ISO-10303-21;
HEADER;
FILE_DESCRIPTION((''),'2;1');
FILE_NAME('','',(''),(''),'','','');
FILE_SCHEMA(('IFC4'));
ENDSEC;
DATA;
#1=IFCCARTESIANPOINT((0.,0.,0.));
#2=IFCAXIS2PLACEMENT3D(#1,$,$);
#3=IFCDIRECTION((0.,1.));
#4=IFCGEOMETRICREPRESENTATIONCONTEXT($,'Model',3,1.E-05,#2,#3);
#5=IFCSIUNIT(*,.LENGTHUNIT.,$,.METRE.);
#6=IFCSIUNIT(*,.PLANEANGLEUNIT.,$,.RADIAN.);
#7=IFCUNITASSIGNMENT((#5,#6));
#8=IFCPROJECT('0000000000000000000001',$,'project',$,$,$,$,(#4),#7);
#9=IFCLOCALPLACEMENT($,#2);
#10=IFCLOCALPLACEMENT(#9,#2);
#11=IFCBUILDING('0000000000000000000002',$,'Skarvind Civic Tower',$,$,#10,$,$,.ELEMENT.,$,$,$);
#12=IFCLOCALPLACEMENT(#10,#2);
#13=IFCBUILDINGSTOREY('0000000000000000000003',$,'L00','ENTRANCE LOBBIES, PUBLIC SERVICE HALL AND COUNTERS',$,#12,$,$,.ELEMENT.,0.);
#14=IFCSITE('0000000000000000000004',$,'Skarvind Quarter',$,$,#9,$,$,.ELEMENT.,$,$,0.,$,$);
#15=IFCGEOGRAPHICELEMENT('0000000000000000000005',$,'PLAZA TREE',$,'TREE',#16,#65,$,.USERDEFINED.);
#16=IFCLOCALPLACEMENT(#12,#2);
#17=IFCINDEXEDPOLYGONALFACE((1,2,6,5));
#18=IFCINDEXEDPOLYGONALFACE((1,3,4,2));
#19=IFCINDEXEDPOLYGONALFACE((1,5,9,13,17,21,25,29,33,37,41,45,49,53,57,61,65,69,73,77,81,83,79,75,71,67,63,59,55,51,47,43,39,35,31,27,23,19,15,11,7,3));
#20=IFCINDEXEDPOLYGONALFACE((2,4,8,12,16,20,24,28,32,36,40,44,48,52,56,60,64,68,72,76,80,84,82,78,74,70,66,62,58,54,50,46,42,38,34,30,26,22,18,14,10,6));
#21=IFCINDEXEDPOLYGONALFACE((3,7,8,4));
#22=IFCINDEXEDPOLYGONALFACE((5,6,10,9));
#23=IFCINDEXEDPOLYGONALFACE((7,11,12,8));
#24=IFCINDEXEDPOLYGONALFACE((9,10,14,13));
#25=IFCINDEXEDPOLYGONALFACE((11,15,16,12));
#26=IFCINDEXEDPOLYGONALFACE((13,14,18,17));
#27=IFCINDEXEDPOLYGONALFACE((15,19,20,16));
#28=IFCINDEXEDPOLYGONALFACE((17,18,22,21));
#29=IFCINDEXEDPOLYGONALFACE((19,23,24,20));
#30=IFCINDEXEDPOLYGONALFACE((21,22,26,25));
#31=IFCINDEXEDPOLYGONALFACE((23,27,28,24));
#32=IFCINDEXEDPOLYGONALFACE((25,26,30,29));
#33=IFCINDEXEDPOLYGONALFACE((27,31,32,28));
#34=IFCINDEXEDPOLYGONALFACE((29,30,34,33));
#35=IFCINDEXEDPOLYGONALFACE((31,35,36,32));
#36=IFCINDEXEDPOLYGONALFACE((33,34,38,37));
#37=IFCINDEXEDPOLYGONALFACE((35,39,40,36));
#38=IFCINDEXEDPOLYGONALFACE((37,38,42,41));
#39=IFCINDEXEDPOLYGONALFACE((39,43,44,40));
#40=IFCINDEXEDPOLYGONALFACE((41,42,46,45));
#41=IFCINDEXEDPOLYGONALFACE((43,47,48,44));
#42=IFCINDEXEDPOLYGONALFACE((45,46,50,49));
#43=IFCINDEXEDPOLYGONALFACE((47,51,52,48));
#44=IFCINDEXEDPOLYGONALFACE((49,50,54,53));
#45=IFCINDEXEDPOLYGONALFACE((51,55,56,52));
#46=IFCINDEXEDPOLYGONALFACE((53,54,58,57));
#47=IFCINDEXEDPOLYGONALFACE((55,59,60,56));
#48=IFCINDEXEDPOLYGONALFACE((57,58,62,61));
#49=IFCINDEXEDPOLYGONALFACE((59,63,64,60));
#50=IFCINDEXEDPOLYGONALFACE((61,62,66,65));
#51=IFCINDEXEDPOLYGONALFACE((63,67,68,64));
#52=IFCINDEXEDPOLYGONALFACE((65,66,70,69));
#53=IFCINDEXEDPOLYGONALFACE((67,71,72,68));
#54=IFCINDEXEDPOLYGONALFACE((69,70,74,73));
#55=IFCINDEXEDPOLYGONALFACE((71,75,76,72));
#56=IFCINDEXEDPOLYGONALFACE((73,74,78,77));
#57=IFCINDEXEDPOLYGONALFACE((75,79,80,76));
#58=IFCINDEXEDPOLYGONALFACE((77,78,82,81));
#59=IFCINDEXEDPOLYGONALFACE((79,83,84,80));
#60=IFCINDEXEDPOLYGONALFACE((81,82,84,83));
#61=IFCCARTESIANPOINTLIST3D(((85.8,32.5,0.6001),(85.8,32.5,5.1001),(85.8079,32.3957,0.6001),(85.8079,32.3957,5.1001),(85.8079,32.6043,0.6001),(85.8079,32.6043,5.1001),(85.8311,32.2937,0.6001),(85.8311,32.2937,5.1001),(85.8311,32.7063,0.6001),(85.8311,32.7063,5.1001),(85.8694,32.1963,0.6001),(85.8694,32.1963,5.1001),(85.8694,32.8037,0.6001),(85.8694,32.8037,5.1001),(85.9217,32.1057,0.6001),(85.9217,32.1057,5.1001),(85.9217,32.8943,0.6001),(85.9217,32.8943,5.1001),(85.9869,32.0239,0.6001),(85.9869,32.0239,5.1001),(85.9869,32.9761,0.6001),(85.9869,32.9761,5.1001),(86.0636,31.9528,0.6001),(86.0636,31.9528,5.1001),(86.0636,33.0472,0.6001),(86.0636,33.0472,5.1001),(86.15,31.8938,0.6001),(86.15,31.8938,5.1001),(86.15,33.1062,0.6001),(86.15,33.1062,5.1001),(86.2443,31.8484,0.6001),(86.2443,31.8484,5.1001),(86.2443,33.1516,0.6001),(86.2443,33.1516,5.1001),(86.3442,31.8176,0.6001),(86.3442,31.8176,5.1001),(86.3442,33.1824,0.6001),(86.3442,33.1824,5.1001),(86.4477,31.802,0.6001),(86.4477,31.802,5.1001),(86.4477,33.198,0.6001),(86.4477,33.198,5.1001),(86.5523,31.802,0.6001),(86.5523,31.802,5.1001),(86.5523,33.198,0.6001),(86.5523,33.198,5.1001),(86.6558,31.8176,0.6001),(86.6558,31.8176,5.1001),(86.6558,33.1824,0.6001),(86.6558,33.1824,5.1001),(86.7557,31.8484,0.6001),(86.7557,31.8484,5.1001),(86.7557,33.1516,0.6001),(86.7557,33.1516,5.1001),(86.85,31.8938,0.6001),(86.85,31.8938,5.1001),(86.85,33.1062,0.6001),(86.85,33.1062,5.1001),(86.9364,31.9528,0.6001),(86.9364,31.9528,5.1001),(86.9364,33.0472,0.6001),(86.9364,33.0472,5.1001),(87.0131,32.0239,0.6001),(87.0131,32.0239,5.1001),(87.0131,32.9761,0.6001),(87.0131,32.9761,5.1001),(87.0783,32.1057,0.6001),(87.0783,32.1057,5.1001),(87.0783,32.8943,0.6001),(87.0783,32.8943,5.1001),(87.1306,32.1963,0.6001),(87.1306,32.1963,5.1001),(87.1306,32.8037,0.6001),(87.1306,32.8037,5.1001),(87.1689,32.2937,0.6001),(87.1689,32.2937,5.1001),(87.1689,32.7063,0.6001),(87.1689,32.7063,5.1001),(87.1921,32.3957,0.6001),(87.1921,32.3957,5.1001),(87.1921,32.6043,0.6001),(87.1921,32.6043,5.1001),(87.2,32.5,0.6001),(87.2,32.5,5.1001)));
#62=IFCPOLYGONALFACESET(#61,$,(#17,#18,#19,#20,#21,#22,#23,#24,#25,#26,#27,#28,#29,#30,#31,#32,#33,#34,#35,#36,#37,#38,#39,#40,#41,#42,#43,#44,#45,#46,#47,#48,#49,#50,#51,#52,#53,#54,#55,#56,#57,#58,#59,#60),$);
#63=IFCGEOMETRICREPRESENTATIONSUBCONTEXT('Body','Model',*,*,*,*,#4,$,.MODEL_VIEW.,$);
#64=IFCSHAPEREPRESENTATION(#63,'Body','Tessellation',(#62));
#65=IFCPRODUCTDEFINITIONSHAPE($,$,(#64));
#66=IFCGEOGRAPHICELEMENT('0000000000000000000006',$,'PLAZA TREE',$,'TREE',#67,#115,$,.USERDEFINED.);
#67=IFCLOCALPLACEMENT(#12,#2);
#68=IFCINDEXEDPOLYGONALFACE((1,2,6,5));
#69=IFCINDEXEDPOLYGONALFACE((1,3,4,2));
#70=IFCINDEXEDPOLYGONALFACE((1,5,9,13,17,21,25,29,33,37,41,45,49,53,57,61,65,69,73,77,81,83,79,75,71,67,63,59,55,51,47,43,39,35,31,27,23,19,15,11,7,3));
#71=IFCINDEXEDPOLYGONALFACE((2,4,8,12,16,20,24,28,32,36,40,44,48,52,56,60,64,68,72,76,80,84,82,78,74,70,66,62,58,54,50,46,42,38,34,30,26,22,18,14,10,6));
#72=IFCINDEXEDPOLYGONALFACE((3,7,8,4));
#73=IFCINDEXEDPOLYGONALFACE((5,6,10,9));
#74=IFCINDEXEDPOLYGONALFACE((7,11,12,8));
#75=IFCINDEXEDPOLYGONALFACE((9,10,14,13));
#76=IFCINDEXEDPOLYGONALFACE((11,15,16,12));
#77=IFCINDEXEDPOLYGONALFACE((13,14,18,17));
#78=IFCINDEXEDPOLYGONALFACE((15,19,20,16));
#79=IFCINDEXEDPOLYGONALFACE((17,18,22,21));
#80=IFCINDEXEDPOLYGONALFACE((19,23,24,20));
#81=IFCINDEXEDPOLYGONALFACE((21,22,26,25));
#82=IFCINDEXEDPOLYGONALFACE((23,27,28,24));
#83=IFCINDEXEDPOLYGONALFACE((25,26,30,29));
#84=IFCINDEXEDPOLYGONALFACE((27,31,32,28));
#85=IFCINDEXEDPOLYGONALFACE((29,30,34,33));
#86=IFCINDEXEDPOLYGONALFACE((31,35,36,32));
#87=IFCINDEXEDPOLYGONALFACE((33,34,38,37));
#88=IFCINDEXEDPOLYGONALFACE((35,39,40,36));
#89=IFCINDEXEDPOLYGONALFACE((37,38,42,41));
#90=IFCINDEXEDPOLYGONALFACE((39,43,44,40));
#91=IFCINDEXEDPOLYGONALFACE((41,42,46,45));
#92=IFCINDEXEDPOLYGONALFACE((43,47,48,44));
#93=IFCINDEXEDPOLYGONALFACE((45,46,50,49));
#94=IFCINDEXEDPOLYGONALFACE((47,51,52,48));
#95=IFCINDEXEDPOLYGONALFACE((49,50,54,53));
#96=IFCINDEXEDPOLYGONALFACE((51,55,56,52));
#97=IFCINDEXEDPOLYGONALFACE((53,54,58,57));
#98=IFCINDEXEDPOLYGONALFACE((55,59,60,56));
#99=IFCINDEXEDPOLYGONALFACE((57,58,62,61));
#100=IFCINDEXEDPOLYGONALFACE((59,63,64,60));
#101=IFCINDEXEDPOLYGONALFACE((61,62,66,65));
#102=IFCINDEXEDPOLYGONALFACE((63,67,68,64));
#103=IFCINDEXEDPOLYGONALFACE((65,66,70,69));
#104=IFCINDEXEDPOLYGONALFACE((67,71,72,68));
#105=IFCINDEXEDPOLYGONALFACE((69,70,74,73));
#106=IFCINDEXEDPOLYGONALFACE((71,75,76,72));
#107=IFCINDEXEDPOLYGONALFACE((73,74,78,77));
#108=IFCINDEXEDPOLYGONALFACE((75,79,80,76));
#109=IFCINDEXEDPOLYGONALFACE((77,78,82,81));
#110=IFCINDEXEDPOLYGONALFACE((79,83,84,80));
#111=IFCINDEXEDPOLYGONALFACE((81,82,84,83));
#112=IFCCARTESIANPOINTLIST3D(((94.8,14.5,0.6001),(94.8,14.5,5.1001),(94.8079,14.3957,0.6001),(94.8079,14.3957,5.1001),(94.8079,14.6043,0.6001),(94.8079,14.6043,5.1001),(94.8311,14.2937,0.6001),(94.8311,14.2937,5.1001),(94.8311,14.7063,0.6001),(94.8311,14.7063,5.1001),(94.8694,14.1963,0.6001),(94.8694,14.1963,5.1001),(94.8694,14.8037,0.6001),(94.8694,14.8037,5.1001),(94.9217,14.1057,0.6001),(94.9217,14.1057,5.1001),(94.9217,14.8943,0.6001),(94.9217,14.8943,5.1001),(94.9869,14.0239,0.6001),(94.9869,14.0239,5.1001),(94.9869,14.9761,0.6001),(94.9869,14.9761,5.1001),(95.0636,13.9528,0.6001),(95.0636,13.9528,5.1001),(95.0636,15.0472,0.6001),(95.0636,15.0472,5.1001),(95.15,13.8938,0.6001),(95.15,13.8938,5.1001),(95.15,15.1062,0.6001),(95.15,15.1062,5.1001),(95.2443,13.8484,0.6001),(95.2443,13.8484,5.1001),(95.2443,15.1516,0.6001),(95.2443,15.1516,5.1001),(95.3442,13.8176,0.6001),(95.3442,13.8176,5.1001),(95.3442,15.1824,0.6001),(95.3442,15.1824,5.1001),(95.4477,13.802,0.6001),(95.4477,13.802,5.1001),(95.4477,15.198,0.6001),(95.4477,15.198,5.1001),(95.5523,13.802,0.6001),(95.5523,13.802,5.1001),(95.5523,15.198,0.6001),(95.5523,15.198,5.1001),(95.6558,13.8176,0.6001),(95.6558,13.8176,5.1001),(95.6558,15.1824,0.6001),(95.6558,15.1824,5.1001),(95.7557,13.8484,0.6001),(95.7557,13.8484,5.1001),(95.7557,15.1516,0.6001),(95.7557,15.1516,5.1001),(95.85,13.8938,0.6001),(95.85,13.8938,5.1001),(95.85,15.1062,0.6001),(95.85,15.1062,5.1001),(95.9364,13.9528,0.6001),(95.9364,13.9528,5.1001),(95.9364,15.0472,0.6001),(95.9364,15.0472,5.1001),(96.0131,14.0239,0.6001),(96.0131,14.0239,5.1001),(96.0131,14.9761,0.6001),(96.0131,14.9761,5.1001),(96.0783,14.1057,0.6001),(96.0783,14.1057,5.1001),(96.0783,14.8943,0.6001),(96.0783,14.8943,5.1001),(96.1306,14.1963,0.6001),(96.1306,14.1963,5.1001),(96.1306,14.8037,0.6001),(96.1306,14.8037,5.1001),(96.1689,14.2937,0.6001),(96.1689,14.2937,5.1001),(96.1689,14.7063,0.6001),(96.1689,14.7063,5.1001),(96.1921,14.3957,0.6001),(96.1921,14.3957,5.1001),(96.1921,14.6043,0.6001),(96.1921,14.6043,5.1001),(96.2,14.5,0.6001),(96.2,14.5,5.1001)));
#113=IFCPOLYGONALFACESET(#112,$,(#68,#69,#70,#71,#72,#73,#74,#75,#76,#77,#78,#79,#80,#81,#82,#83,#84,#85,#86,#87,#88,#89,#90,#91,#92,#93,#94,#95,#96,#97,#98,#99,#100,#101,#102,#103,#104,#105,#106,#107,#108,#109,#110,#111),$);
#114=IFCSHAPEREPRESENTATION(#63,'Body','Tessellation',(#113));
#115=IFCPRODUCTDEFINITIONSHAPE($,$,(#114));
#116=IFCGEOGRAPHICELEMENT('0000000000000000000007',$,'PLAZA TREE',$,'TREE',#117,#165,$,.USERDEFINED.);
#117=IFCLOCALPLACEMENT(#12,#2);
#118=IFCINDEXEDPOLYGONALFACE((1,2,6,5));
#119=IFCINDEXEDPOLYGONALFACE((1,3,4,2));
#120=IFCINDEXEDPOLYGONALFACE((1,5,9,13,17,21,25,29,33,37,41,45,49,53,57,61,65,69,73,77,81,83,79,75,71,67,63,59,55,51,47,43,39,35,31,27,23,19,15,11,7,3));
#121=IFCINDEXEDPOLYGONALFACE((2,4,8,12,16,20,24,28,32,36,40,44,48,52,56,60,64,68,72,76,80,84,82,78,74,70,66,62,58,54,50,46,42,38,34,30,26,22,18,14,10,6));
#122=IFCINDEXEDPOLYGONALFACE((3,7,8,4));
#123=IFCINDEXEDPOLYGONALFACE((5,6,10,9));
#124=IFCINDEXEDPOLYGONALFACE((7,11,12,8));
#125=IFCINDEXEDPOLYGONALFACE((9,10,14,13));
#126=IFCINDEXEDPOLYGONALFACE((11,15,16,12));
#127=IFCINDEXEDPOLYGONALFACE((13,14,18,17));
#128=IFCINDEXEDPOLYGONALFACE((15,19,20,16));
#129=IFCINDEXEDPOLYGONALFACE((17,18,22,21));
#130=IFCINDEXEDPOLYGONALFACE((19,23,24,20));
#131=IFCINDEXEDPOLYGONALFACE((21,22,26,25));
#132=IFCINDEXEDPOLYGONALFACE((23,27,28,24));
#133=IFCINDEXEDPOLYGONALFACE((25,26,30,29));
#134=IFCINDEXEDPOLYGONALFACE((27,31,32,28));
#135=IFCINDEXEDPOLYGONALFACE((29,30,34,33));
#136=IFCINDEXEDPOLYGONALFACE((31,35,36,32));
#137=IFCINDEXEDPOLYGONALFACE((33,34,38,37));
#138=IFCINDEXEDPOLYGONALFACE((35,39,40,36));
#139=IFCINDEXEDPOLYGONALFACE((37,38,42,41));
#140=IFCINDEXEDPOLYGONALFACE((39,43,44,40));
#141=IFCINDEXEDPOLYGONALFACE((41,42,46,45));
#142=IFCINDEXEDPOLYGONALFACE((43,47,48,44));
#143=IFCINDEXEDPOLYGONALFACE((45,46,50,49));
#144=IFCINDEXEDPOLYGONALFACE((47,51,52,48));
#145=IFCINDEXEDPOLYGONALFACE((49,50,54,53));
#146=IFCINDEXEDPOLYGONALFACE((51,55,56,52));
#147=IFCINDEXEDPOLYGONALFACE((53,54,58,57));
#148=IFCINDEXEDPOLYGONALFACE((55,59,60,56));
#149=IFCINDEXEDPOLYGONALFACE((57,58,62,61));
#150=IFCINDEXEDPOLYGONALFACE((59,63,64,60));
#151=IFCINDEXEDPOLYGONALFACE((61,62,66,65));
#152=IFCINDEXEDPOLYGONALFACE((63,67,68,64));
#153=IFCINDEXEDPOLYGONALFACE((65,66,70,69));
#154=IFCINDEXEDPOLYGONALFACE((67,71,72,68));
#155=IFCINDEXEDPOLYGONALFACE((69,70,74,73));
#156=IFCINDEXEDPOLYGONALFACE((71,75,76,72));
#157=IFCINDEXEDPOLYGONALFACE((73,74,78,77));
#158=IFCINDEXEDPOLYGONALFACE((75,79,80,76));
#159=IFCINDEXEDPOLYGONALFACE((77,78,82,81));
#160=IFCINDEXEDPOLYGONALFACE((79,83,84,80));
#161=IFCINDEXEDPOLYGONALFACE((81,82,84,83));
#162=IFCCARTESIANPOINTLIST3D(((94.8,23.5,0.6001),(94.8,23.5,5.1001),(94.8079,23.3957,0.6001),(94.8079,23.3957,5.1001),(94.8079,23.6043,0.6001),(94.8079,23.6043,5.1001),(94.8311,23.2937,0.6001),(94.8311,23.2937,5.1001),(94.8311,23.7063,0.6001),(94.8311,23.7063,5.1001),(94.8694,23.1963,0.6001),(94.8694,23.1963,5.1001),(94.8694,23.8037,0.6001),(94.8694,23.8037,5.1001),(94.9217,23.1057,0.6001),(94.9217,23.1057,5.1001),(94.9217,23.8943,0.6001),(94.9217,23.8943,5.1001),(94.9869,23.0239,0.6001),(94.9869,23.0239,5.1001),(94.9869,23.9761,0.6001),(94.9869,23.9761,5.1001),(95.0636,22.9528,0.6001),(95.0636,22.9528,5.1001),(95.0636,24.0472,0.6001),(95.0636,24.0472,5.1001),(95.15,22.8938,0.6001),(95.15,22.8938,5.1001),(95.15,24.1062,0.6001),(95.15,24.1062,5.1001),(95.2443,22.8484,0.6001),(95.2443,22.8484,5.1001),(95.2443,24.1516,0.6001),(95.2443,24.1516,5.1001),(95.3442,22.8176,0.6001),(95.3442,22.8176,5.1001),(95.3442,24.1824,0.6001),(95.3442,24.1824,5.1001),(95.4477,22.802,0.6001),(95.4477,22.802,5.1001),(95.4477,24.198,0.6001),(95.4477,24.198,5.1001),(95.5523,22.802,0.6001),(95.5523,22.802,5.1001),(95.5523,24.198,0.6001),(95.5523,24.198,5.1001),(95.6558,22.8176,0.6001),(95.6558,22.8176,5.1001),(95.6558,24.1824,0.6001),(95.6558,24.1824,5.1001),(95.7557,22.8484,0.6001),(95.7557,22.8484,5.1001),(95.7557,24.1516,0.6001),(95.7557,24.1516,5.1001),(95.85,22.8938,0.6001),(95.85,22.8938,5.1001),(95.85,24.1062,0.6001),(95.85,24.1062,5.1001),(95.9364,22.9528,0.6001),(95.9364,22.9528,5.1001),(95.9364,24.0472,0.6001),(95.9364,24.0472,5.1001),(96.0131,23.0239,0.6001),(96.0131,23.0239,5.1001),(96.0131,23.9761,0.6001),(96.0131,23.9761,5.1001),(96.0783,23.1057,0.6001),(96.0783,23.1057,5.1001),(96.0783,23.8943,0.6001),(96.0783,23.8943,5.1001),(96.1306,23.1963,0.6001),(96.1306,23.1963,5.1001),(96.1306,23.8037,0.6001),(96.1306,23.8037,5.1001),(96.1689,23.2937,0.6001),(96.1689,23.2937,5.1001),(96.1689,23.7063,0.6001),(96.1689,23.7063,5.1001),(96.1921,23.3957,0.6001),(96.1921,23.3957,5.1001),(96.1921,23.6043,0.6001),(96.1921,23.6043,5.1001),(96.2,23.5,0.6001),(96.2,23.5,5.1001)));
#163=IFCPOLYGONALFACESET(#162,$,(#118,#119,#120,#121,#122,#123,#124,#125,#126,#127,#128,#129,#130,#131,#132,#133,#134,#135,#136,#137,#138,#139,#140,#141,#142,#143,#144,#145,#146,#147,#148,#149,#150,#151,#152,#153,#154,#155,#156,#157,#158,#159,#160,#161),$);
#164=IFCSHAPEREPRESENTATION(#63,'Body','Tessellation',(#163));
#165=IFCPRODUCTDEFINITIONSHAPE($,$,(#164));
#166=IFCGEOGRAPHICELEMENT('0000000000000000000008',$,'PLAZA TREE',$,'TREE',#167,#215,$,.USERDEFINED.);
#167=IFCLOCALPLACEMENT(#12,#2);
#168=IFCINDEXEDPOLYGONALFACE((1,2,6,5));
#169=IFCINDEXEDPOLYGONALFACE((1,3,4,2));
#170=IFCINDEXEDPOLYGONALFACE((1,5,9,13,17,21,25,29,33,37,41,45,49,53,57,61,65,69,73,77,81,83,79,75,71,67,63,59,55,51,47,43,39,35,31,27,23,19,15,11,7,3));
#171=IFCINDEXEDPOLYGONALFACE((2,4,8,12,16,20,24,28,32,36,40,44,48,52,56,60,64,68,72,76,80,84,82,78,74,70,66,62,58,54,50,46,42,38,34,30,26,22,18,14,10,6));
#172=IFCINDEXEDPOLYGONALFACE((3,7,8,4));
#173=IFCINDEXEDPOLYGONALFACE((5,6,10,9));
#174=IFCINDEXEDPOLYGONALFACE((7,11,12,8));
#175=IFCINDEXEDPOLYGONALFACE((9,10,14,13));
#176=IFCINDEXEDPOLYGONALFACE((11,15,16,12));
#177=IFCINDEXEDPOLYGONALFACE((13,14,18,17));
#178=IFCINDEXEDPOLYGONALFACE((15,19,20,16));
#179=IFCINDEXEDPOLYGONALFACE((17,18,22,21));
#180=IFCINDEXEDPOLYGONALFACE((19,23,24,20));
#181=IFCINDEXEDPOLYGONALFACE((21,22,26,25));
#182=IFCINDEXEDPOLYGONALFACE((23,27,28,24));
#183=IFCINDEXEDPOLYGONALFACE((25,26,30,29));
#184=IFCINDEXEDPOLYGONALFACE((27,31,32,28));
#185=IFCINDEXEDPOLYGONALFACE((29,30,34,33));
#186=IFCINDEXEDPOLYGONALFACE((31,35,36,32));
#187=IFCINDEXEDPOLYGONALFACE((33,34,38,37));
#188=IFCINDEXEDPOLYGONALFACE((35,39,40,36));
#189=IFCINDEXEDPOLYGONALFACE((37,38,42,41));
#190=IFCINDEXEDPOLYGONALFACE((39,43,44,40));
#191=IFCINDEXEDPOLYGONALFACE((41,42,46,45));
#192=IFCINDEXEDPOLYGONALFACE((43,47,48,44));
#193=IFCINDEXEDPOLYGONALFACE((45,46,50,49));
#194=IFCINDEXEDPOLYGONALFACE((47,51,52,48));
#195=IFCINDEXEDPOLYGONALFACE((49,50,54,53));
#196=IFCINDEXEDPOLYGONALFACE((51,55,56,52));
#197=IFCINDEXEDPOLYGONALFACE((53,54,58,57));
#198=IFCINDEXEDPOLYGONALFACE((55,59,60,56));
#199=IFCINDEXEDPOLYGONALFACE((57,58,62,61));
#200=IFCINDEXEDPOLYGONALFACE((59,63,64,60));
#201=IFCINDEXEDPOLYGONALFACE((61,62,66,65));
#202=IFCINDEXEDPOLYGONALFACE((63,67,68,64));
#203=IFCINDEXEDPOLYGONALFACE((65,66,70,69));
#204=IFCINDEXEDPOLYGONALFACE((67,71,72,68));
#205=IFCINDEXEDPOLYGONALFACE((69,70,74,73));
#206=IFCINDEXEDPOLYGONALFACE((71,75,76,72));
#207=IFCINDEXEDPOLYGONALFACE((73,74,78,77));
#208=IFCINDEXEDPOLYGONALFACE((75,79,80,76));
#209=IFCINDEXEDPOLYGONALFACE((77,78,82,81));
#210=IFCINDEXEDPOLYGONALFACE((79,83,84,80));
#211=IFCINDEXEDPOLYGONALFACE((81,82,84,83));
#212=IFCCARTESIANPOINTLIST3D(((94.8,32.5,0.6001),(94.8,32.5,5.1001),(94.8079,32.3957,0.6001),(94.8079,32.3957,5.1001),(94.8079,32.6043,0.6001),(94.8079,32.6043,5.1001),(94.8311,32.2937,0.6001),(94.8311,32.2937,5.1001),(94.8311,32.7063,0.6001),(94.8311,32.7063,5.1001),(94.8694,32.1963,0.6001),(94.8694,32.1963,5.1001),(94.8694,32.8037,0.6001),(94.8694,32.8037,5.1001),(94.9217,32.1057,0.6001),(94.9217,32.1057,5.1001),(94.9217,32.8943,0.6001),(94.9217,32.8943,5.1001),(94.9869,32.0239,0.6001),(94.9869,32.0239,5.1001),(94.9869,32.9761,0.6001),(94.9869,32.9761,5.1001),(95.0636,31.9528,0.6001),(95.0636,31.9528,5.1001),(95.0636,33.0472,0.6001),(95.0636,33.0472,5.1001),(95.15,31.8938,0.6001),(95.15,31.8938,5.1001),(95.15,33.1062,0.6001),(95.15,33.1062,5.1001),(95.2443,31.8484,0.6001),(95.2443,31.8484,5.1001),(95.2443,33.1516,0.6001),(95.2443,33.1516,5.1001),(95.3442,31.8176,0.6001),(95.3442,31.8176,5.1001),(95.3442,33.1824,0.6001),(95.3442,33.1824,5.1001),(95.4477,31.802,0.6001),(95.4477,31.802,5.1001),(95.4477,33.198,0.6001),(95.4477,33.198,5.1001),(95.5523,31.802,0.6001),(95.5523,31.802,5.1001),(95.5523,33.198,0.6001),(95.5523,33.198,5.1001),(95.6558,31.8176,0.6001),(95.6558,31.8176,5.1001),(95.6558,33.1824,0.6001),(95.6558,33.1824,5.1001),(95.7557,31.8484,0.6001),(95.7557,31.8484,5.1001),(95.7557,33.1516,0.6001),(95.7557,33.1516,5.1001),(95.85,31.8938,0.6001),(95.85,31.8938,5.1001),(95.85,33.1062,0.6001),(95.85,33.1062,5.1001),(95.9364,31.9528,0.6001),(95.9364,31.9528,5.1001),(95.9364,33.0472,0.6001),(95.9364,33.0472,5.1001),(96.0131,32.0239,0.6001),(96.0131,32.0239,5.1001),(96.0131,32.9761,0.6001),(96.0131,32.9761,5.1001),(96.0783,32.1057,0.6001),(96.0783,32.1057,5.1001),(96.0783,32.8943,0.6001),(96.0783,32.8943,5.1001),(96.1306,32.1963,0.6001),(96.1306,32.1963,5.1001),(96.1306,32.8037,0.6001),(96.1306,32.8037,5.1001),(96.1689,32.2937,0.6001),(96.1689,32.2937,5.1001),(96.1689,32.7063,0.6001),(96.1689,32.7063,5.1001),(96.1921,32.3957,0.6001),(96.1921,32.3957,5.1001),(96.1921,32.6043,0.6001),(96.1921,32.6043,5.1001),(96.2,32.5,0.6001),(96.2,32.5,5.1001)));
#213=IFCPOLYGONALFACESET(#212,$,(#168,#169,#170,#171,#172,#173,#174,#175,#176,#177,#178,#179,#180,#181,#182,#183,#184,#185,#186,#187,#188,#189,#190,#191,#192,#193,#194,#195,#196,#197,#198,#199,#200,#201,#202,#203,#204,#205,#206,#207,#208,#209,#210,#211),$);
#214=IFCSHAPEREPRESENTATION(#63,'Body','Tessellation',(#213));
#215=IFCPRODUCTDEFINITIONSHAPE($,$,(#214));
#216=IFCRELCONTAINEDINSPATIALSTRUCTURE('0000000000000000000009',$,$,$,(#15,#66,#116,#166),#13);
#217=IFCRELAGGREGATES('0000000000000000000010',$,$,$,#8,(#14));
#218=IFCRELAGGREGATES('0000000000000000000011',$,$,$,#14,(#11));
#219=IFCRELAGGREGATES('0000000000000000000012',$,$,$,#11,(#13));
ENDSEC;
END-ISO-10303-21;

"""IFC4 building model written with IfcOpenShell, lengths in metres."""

from ifc_helpers import new_model, si_unit, direction, frame, origin, origin_2d, place, context, subcontext, project, spatial, circle, extrude, element, save


model = new_model("IFC4")

# Units and contexts
model_context = context("Model", 3, precision=1e-05, world=origin(), true_north=direction((0.0, 1.0)))
body_context = subcontext(model_context, "Body", "Model", "MODEL_VIEW")
ifc_project = project(units=[si_unit("LENGTHUNIT", "METRE"), si_unit("PLANEANGLEUNIT", "RADIAN")], contexts=[model_context])

# Site, building, storey
site_placement = place(None, origin())
site = spatial("IfcSite", under=ifc_project, at=site_placement, Name="Skarvind Quarter", CompositionType="ELEMENT", RefElevation=0.0)
building_placement = place(site_placement, origin())
building = spatial("IfcBuilding", under=site, at=building_placement, Name="Skarvind Civic Tower", CompositionType="ELEMENT")
storey_placement = place(building_placement, origin())
storey = spatial("IfcBuildingStorey", under=building, at=storey_placement, Name="L00", Description="ENTRANCE LOBBIES, PUBLIC SERVICE HALL AND COUNTERS", CompositionType="ELEMENT", Elevation=0.0)

# Geographic elements
for number, where, z_axis, x_axis, name in (
    (1, (86.5, 32.5, 0.6001), (0.0, 0.0, 1.0), (1.0, 0.0, 0.0), "PLAZA TREE"),
    (2, (95.5, 14.5, 0.6001), (0.0, 0.0, 1.0), (1.0, 0.0, 0.0), "PLAZA TREE"),
    (3, (95.5, 23.5, 0.6001), (0.0, 0.0, 1.0), (1.0, 0.0, 0.0), "PLAZA TREE"),
    (4, (95.5, 32.5, 0.6001), (0.0, 0.0, 1.0), (1.0, 0.0, 0.0), "PLAZA TREE"),
):
    element("IfcGeographicElement", number, at=place(storey_placement, frame(where, z_axis=z_axis, x_axis=x_axis)), inside=storey, Name=name, ObjectType="TREE", PredefinedType="USERDEFINED", context=body_context, shape_type="SweptSolid", body=[
        extrude(circle(Radius=0.7, at=origin_2d()), origin(), (0.0, 0.0, 1.0), 4.5),
    ])

save(model, "model.ifc")
